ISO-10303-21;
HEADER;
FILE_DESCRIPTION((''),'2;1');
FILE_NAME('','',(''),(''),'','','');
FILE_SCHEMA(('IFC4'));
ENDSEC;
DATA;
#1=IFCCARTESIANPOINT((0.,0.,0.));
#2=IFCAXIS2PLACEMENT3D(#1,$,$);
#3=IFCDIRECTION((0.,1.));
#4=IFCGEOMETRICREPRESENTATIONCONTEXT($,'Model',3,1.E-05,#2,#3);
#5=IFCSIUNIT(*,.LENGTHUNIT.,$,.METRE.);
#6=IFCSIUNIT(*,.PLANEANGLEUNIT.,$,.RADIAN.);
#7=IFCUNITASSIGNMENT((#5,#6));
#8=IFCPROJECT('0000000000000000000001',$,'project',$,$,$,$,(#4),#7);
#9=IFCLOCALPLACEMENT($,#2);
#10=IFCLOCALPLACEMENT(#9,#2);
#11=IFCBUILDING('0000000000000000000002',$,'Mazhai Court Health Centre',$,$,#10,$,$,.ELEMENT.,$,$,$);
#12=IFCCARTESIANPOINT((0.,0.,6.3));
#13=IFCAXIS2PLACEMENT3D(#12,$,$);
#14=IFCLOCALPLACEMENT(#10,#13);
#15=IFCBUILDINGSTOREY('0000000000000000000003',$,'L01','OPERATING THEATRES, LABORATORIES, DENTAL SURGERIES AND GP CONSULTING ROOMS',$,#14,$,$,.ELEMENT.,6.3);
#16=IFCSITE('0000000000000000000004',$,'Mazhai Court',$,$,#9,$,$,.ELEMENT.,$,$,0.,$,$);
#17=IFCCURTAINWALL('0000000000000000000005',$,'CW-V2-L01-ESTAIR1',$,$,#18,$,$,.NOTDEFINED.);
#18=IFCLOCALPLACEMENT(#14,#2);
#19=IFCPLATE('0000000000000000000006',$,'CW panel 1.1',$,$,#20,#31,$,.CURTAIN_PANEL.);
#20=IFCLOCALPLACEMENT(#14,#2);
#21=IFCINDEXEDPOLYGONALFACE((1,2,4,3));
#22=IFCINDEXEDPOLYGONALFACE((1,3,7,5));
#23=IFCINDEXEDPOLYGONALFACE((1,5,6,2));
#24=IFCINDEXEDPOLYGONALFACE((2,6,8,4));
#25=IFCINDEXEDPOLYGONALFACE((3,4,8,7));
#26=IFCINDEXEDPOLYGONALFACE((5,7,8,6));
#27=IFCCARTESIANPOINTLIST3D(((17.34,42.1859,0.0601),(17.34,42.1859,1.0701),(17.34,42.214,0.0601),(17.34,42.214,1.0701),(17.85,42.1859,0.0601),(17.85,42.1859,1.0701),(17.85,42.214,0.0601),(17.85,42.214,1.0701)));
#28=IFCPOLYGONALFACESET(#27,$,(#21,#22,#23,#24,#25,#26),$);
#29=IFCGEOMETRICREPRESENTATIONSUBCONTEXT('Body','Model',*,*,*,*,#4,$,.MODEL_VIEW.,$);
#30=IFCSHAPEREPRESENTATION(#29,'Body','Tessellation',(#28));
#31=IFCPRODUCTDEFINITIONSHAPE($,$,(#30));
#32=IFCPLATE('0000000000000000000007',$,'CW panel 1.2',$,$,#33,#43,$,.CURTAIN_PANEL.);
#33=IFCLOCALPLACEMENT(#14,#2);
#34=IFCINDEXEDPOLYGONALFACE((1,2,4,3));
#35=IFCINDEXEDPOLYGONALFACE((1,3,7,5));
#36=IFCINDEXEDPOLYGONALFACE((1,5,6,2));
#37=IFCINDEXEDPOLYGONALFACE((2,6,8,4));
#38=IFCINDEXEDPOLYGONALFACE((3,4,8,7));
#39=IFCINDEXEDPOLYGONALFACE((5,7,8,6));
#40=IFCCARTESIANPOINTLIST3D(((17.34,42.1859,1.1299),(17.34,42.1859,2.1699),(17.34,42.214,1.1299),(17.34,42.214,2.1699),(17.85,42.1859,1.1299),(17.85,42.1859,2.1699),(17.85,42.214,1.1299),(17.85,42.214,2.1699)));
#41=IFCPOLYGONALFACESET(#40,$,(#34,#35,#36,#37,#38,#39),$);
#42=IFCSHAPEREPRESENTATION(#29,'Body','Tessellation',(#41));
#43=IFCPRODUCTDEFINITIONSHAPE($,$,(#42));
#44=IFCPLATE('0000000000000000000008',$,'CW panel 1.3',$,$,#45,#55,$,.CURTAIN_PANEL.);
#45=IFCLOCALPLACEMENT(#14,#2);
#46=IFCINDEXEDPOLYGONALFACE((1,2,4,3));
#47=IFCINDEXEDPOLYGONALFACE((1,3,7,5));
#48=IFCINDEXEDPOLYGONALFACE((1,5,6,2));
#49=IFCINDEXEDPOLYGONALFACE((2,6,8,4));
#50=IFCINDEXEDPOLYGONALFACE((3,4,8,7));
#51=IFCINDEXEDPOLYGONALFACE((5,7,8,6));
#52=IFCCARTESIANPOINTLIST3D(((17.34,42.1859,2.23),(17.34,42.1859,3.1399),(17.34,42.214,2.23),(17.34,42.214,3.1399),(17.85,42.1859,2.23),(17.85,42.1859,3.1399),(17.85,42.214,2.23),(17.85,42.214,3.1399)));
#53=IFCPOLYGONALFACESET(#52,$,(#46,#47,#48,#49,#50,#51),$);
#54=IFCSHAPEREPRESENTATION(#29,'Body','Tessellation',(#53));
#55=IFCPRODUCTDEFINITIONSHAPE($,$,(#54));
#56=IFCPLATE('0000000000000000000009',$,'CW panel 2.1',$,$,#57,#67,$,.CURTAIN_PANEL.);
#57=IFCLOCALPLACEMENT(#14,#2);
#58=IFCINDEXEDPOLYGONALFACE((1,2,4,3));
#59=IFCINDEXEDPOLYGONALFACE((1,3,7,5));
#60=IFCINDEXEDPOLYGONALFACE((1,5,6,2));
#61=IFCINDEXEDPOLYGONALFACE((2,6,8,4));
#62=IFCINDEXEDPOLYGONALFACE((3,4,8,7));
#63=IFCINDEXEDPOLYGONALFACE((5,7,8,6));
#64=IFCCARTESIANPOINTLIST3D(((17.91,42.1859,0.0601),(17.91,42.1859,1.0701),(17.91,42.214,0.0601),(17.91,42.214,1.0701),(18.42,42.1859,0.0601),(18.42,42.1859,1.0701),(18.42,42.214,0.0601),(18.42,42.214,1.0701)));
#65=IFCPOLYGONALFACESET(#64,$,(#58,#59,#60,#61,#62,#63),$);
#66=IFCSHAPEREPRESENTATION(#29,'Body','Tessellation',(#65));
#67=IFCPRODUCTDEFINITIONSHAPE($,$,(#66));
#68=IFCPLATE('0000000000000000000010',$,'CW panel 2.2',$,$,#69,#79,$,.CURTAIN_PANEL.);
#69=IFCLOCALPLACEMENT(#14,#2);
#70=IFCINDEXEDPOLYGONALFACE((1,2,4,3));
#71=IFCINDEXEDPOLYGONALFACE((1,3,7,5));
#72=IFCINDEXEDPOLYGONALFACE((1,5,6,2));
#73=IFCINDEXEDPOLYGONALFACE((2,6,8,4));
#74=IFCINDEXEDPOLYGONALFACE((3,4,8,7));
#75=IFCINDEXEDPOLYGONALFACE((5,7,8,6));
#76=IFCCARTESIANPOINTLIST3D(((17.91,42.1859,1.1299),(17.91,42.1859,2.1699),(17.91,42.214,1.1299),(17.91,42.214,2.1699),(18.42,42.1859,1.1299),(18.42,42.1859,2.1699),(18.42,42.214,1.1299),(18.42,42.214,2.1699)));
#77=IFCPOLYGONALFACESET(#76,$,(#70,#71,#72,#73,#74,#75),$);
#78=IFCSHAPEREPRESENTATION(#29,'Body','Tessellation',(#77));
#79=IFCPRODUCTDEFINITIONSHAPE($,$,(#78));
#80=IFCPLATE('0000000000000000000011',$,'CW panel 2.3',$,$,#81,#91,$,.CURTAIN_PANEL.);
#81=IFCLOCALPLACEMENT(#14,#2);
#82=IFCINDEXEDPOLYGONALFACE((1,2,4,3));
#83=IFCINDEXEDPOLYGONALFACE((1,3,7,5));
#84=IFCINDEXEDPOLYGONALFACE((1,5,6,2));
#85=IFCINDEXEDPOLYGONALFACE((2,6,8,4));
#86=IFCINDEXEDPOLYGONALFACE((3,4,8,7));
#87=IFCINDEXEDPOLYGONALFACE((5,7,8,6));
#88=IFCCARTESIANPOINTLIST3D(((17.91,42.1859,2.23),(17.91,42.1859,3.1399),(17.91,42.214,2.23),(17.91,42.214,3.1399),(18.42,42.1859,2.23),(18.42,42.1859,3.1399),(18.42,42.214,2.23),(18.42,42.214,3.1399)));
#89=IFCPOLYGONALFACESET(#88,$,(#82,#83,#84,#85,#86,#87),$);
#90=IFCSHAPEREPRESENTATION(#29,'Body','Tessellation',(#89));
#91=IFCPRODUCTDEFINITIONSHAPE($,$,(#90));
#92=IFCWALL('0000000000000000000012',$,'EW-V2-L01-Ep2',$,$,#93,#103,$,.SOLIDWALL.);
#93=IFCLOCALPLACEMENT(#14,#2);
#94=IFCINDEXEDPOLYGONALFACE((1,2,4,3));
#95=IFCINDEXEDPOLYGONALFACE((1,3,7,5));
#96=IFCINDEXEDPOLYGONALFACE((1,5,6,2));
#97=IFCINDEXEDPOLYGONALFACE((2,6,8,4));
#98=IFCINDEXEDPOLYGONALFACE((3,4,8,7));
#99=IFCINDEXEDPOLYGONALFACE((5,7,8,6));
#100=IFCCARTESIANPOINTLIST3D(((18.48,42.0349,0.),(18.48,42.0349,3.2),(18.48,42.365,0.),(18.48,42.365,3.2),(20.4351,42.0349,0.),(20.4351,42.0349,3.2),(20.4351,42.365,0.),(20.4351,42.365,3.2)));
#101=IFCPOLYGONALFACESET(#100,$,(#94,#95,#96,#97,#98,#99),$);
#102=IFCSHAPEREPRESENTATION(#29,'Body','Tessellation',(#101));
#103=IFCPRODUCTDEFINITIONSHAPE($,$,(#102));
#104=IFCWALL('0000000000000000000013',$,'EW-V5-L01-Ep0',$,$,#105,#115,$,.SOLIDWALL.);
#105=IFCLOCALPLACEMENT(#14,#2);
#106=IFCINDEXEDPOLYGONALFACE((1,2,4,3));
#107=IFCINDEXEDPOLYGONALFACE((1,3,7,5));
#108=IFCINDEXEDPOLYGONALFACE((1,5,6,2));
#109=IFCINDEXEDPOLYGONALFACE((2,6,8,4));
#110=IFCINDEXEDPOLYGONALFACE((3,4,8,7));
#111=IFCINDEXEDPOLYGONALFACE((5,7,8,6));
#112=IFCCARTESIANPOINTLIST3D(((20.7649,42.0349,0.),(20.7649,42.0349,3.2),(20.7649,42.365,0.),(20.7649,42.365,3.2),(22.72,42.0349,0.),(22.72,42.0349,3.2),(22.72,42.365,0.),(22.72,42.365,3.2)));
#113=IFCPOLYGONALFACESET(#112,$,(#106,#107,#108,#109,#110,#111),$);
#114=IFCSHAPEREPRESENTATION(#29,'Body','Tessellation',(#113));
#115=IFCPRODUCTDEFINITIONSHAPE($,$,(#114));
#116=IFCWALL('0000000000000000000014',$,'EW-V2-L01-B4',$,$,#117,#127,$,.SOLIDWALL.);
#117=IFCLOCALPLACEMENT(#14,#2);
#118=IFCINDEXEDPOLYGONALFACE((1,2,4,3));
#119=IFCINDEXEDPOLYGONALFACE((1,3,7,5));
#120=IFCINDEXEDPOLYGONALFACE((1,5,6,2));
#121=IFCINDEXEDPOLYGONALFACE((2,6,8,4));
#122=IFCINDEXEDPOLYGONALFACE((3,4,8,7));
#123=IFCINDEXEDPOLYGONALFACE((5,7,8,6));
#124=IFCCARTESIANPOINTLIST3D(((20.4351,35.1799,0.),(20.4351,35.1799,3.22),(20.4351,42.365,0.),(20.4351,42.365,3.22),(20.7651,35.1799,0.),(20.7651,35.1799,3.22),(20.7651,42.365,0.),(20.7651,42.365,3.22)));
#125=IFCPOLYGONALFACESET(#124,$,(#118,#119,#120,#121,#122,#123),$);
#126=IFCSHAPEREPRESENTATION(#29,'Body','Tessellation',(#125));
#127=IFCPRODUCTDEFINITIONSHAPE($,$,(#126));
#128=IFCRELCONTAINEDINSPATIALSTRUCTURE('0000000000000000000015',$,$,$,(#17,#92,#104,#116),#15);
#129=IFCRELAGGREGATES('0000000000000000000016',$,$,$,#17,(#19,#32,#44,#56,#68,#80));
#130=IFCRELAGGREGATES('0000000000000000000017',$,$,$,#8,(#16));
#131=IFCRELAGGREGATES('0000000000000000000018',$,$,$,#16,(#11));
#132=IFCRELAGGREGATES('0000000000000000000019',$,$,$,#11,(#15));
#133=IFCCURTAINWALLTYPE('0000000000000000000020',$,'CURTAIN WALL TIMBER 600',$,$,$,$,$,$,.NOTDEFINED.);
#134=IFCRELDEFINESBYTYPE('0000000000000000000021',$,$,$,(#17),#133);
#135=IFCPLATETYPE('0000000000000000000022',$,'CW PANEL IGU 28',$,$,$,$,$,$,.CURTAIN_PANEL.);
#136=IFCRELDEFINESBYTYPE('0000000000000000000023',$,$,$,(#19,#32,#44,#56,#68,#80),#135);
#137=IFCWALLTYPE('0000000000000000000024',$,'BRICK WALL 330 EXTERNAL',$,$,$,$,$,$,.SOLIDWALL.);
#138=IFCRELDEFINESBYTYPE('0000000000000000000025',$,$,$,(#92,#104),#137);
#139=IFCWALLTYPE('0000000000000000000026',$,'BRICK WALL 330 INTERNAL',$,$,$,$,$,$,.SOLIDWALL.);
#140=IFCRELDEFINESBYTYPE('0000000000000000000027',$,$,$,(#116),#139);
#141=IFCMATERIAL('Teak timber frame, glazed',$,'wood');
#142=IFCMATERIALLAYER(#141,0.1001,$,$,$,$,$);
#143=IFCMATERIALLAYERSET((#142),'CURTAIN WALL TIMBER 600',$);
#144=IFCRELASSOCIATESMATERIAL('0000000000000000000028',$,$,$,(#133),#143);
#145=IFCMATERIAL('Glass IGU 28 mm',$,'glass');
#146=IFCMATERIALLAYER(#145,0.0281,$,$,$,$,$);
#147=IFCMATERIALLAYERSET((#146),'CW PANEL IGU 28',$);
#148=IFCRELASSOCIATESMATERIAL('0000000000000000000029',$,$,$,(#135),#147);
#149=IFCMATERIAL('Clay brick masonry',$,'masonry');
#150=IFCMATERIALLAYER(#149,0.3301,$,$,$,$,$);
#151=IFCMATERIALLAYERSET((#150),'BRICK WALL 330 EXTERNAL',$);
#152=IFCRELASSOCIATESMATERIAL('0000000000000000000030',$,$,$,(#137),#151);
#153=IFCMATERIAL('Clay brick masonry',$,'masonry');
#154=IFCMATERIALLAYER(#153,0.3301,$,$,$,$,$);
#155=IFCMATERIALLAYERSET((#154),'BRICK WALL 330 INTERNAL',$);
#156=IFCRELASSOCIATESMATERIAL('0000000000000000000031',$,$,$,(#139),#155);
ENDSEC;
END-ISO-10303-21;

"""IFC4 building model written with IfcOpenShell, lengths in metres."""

from ifc_helpers import new_model, si_unit, direction, frame, frame_2d, origin, origin_2d, place, context, subcontext, project, spatial, rectangle, extrude, material, layer, layer_set, type_object, element, aggregate, save


model = new_model("IFC4")

# Units and contexts
model_context = context("Model", 3, precision=1e-05, world=origin(), true_north=direction((0.0, 1.0)))
body_context = subcontext(model_context, "Body", "Model", "MODEL_VIEW")
ifc_project = project(units=[si_unit("LENGTHUNIT", "METRE"), si_unit("PLANEANGLEUNIT", "RADIAN")], contexts=[model_context])

# Site, building, storey
site_placement = place(None, origin())
site = spatial("IfcSite", under=ifc_project, at=site_placement, Name="Mazhai Court", CompositionType="ELEMENT", RefElevation=0.0)
building_placement = place(site_placement, origin())
building = spatial("IfcBuilding", under=site, at=building_placement, Name="Mazhai Court Health Centre", CompositionType="ELEMENT")
storey_placement = place(building_placement, frame((0.0, 0.0, 6.3)))
storey = spatial("IfcBuildingStorey", under=building, at=storey_placement, Name="L01", Description="OPERATING THEATRES, LABORATORIES, DENTAL SURGERIES AND GP CONSULTING ROOMS", CompositionType="ELEMENT", Elevation=6.3)

# Curtain wall
ifc_material_1 = material(Name="Teak timber frame, glazed", Category="wood")
ifc_layer_1 = layer(ifc_material_1, 0.1001)
ifc_layer_set_1 = layer_set([ifc_layer_1], Name="CURTAIN WALL TIMBER 600")
curtain_wall_type = type_object("IfcCurtainWallType", Name="CURTAIN WALL TIMBER 600", PredefinedType="NOTDEFINED", material=ifc_layer_set_1)
curtain_wall_1_placement = place(storey_placement, origin())
curtain_wall_1 = element("IfcCurtainWall", 1, at=curtain_wall_1_placement, inside=storey, type_object=curtain_wall_type, Name="CW-V2-L01-ESTAIR1", PredefinedType="NOTDEFINED")

# Plates
ifc_material_2 = material(Name="Glass IGU 28 mm", Category="glass")
ifc_layer_2 = layer(ifc_material_2, 0.0281)
ifc_layer_set_2 = layer_set([ifc_layer_2], Name="CW PANEL IGU 28")
plate_type = type_object("IfcPlateType", Name="CW PANEL IGU 28", PredefinedType="CURTAIN_PANEL", material=ifc_layer_set_2)
plate_1_placement = place(storey_placement, frame((17.595, 42.2, 0.0601), z_axis=(0.0, 0.0, 1.0), x_axis=(1.0, 0.0, 0.0)))
plate_1 = element("IfcPlate", 2, at=plate_1_placement, type_object=plate_type, Name="CW panel 1.1", PredefinedType="CURTAIN_PANEL", context=body_context, shape_type="SweptSolid", body=[
    extrude(rectangle(XDim=0.51, YDim=0.0281, at=origin_2d()), origin(), (0.0, 0.0, 1.0), 1.01),
])
plate_2_placement = place(storey_placement, frame((17.595, 42.2, 1.1299), z_axis=(0.0, 0.0, 1.0), x_axis=(1.0, 0.0, 0.0)))
plate_2 = element("IfcPlate", 3, at=plate_2_placement, type_object=plate_type, Name="CW panel 1.2", PredefinedType="CURTAIN_PANEL", context=body_context, shape_type="SweptSolid", body=[
    extrude(rectangle(XDim=0.51, YDim=0.0281, at=origin_2d()), origin(), (0.0, 0.0, 1.0), 1.04),
])
plate_3_placement = place(storey_placement, frame((17.595, 42.2, 2.23), z_axis=(0.0, 0.0, 1.0), x_axis=(1.0, 0.0, 0.0)))
plate_3 = element("IfcPlate", 4, at=plate_3_placement, type_object=plate_type, Name="CW panel 1.3", PredefinedType="CURTAIN_PANEL", context=body_context, shape_type="SweptSolid", body=[
    extrude(rectangle(XDim=0.51, YDim=0.0281, at=origin_2d()), origin(), (0.0, 0.0, 1.0), 0.9099),
])
plate_4_placement = place(storey_placement, frame((18.165, 42.2, 0.0601), z_axis=(0.0, 0.0, 1.0), x_axis=(1.0, 0.0, 0.0)))
plate_4 = element("IfcPlate", 5, at=plate_4_placement, type_object=plate_type, Name="CW panel 2.1", PredefinedType="CURTAIN_PANEL", context=body_context, shape_type="SweptSolid", body=[
    extrude(rectangle(XDim=0.51, YDim=0.0281, at=origin_2d()), origin(), (0.0, 0.0, 1.0), 1.01),
])
plate_5_placement = place(storey_placement, frame((18.165, 42.2, 1.1299), z_axis=(0.0, 0.0, 1.0), x_axis=(1.0, 0.0, 0.0)))
plate_5 = element("IfcPlate", 6, at=plate_5_placement, type_object=plate_type, Name="CW panel 2.2", PredefinedType="CURTAIN_PANEL", context=body_context, shape_type="SweptSolid", body=[
    extrude(rectangle(XDim=0.51, YDim=0.0281, at=origin_2d()), origin(), (0.0, 0.0, 1.0), 1.04),
])
plate_6_placement = place(storey_placement, frame((18.165, 42.2, 2.23), z_axis=(0.0, 0.0, 1.0), x_axis=(1.0, 0.0, 0.0)))
plate_6 = element("IfcPlate", 7, at=plate_6_placement, type_object=plate_type, Name="CW panel 2.3", PredefinedType="CURTAIN_PANEL", context=body_context, shape_type="SweptSolid", body=[
    extrude(rectangle(XDim=0.51, YDim=0.0281, at=origin_2d()), origin(), (0.0, 0.0, 1.0), 0.9099),
])
aggregate(curtain_wall_1, [plate_1, plate_2, plate_3, plate_4, plate_5, plate_6])

# Walls
ifc_material_3 = material(Name="Clay brick masonry", Category="masonry")
ifc_layer_3 = layer(ifc_material_3, 0.3301)
ifc_layer_set_3 = layer_set([ifc_layer_3], Name="BRICK WALL 330 EXTERNAL")
wall_type_1 = type_object("IfcWallType", Name="BRICK WALL 330 EXTERNAL", PredefinedType="SOLIDWALL", material=ifc_layer_set_3)
for number, where, z_axis, x_axis, name in (
    (8, (18.48, 42.2, 0.0), (0.0, 0.0, 1.0), (1.0, 0.0, 0.0), "EW-V2-L01-Ep2"),
    (9, (20.7649, 42.2, 0.0), (0.0, 0.0, 1.0), (1.0, 0.0, 0.0), "EW-V5-L01-Ep0"),
):
    element("IfcWall", number, at=place(storey_placement, frame(where, z_axis=z_axis, x_axis=x_axis)), inside=storey, type_object=wall_type_1, Name=name, PredefinedType="SOLIDWALL", context=body_context, shape_type="SweptSolid", body=[
        extrude(rectangle(XDim=1.9551, YDim=0.3301, at=frame_2d((0.9775, 0.0))), origin(), (0.0, 0.0, 1.0), 3.2),
    ])
ifc_material_4 = material(Name="Clay brick masonry", Category="masonry")
ifc_layer_4 = layer(ifc_material_4, 0.3301)
ifc_layer_set_4 = layer_set([ifc_layer_4], Name="BRICK WALL 330 INTERNAL")
wall_type_2 = type_object("IfcWallType", Name="BRICK WALL 330 INTERNAL", PredefinedType="SOLIDWALL", material=ifc_layer_set_4)
wall_placement = place(storey_placement, frame((20.6001, 42.365, 0.0), z_axis=(0.0, 0.0, 1.0), x_axis=(0.0, -1.0, 0.0)))
element("IfcWall", 10, at=wall_placement, inside=storey, type_object=wall_type_2, Name="EW-V2-L01-B4", PredefinedType="SOLIDWALL", context=body_context, shape_type="SweptSolid", body=[
    extrude(rectangle(XDim=7.1851, YDim=0.3301, at=frame_2d((3.5925, 0.0))), origin(), (0.0, 0.0, 1.0), 3.22),
])

save(model, "model.ifc")
